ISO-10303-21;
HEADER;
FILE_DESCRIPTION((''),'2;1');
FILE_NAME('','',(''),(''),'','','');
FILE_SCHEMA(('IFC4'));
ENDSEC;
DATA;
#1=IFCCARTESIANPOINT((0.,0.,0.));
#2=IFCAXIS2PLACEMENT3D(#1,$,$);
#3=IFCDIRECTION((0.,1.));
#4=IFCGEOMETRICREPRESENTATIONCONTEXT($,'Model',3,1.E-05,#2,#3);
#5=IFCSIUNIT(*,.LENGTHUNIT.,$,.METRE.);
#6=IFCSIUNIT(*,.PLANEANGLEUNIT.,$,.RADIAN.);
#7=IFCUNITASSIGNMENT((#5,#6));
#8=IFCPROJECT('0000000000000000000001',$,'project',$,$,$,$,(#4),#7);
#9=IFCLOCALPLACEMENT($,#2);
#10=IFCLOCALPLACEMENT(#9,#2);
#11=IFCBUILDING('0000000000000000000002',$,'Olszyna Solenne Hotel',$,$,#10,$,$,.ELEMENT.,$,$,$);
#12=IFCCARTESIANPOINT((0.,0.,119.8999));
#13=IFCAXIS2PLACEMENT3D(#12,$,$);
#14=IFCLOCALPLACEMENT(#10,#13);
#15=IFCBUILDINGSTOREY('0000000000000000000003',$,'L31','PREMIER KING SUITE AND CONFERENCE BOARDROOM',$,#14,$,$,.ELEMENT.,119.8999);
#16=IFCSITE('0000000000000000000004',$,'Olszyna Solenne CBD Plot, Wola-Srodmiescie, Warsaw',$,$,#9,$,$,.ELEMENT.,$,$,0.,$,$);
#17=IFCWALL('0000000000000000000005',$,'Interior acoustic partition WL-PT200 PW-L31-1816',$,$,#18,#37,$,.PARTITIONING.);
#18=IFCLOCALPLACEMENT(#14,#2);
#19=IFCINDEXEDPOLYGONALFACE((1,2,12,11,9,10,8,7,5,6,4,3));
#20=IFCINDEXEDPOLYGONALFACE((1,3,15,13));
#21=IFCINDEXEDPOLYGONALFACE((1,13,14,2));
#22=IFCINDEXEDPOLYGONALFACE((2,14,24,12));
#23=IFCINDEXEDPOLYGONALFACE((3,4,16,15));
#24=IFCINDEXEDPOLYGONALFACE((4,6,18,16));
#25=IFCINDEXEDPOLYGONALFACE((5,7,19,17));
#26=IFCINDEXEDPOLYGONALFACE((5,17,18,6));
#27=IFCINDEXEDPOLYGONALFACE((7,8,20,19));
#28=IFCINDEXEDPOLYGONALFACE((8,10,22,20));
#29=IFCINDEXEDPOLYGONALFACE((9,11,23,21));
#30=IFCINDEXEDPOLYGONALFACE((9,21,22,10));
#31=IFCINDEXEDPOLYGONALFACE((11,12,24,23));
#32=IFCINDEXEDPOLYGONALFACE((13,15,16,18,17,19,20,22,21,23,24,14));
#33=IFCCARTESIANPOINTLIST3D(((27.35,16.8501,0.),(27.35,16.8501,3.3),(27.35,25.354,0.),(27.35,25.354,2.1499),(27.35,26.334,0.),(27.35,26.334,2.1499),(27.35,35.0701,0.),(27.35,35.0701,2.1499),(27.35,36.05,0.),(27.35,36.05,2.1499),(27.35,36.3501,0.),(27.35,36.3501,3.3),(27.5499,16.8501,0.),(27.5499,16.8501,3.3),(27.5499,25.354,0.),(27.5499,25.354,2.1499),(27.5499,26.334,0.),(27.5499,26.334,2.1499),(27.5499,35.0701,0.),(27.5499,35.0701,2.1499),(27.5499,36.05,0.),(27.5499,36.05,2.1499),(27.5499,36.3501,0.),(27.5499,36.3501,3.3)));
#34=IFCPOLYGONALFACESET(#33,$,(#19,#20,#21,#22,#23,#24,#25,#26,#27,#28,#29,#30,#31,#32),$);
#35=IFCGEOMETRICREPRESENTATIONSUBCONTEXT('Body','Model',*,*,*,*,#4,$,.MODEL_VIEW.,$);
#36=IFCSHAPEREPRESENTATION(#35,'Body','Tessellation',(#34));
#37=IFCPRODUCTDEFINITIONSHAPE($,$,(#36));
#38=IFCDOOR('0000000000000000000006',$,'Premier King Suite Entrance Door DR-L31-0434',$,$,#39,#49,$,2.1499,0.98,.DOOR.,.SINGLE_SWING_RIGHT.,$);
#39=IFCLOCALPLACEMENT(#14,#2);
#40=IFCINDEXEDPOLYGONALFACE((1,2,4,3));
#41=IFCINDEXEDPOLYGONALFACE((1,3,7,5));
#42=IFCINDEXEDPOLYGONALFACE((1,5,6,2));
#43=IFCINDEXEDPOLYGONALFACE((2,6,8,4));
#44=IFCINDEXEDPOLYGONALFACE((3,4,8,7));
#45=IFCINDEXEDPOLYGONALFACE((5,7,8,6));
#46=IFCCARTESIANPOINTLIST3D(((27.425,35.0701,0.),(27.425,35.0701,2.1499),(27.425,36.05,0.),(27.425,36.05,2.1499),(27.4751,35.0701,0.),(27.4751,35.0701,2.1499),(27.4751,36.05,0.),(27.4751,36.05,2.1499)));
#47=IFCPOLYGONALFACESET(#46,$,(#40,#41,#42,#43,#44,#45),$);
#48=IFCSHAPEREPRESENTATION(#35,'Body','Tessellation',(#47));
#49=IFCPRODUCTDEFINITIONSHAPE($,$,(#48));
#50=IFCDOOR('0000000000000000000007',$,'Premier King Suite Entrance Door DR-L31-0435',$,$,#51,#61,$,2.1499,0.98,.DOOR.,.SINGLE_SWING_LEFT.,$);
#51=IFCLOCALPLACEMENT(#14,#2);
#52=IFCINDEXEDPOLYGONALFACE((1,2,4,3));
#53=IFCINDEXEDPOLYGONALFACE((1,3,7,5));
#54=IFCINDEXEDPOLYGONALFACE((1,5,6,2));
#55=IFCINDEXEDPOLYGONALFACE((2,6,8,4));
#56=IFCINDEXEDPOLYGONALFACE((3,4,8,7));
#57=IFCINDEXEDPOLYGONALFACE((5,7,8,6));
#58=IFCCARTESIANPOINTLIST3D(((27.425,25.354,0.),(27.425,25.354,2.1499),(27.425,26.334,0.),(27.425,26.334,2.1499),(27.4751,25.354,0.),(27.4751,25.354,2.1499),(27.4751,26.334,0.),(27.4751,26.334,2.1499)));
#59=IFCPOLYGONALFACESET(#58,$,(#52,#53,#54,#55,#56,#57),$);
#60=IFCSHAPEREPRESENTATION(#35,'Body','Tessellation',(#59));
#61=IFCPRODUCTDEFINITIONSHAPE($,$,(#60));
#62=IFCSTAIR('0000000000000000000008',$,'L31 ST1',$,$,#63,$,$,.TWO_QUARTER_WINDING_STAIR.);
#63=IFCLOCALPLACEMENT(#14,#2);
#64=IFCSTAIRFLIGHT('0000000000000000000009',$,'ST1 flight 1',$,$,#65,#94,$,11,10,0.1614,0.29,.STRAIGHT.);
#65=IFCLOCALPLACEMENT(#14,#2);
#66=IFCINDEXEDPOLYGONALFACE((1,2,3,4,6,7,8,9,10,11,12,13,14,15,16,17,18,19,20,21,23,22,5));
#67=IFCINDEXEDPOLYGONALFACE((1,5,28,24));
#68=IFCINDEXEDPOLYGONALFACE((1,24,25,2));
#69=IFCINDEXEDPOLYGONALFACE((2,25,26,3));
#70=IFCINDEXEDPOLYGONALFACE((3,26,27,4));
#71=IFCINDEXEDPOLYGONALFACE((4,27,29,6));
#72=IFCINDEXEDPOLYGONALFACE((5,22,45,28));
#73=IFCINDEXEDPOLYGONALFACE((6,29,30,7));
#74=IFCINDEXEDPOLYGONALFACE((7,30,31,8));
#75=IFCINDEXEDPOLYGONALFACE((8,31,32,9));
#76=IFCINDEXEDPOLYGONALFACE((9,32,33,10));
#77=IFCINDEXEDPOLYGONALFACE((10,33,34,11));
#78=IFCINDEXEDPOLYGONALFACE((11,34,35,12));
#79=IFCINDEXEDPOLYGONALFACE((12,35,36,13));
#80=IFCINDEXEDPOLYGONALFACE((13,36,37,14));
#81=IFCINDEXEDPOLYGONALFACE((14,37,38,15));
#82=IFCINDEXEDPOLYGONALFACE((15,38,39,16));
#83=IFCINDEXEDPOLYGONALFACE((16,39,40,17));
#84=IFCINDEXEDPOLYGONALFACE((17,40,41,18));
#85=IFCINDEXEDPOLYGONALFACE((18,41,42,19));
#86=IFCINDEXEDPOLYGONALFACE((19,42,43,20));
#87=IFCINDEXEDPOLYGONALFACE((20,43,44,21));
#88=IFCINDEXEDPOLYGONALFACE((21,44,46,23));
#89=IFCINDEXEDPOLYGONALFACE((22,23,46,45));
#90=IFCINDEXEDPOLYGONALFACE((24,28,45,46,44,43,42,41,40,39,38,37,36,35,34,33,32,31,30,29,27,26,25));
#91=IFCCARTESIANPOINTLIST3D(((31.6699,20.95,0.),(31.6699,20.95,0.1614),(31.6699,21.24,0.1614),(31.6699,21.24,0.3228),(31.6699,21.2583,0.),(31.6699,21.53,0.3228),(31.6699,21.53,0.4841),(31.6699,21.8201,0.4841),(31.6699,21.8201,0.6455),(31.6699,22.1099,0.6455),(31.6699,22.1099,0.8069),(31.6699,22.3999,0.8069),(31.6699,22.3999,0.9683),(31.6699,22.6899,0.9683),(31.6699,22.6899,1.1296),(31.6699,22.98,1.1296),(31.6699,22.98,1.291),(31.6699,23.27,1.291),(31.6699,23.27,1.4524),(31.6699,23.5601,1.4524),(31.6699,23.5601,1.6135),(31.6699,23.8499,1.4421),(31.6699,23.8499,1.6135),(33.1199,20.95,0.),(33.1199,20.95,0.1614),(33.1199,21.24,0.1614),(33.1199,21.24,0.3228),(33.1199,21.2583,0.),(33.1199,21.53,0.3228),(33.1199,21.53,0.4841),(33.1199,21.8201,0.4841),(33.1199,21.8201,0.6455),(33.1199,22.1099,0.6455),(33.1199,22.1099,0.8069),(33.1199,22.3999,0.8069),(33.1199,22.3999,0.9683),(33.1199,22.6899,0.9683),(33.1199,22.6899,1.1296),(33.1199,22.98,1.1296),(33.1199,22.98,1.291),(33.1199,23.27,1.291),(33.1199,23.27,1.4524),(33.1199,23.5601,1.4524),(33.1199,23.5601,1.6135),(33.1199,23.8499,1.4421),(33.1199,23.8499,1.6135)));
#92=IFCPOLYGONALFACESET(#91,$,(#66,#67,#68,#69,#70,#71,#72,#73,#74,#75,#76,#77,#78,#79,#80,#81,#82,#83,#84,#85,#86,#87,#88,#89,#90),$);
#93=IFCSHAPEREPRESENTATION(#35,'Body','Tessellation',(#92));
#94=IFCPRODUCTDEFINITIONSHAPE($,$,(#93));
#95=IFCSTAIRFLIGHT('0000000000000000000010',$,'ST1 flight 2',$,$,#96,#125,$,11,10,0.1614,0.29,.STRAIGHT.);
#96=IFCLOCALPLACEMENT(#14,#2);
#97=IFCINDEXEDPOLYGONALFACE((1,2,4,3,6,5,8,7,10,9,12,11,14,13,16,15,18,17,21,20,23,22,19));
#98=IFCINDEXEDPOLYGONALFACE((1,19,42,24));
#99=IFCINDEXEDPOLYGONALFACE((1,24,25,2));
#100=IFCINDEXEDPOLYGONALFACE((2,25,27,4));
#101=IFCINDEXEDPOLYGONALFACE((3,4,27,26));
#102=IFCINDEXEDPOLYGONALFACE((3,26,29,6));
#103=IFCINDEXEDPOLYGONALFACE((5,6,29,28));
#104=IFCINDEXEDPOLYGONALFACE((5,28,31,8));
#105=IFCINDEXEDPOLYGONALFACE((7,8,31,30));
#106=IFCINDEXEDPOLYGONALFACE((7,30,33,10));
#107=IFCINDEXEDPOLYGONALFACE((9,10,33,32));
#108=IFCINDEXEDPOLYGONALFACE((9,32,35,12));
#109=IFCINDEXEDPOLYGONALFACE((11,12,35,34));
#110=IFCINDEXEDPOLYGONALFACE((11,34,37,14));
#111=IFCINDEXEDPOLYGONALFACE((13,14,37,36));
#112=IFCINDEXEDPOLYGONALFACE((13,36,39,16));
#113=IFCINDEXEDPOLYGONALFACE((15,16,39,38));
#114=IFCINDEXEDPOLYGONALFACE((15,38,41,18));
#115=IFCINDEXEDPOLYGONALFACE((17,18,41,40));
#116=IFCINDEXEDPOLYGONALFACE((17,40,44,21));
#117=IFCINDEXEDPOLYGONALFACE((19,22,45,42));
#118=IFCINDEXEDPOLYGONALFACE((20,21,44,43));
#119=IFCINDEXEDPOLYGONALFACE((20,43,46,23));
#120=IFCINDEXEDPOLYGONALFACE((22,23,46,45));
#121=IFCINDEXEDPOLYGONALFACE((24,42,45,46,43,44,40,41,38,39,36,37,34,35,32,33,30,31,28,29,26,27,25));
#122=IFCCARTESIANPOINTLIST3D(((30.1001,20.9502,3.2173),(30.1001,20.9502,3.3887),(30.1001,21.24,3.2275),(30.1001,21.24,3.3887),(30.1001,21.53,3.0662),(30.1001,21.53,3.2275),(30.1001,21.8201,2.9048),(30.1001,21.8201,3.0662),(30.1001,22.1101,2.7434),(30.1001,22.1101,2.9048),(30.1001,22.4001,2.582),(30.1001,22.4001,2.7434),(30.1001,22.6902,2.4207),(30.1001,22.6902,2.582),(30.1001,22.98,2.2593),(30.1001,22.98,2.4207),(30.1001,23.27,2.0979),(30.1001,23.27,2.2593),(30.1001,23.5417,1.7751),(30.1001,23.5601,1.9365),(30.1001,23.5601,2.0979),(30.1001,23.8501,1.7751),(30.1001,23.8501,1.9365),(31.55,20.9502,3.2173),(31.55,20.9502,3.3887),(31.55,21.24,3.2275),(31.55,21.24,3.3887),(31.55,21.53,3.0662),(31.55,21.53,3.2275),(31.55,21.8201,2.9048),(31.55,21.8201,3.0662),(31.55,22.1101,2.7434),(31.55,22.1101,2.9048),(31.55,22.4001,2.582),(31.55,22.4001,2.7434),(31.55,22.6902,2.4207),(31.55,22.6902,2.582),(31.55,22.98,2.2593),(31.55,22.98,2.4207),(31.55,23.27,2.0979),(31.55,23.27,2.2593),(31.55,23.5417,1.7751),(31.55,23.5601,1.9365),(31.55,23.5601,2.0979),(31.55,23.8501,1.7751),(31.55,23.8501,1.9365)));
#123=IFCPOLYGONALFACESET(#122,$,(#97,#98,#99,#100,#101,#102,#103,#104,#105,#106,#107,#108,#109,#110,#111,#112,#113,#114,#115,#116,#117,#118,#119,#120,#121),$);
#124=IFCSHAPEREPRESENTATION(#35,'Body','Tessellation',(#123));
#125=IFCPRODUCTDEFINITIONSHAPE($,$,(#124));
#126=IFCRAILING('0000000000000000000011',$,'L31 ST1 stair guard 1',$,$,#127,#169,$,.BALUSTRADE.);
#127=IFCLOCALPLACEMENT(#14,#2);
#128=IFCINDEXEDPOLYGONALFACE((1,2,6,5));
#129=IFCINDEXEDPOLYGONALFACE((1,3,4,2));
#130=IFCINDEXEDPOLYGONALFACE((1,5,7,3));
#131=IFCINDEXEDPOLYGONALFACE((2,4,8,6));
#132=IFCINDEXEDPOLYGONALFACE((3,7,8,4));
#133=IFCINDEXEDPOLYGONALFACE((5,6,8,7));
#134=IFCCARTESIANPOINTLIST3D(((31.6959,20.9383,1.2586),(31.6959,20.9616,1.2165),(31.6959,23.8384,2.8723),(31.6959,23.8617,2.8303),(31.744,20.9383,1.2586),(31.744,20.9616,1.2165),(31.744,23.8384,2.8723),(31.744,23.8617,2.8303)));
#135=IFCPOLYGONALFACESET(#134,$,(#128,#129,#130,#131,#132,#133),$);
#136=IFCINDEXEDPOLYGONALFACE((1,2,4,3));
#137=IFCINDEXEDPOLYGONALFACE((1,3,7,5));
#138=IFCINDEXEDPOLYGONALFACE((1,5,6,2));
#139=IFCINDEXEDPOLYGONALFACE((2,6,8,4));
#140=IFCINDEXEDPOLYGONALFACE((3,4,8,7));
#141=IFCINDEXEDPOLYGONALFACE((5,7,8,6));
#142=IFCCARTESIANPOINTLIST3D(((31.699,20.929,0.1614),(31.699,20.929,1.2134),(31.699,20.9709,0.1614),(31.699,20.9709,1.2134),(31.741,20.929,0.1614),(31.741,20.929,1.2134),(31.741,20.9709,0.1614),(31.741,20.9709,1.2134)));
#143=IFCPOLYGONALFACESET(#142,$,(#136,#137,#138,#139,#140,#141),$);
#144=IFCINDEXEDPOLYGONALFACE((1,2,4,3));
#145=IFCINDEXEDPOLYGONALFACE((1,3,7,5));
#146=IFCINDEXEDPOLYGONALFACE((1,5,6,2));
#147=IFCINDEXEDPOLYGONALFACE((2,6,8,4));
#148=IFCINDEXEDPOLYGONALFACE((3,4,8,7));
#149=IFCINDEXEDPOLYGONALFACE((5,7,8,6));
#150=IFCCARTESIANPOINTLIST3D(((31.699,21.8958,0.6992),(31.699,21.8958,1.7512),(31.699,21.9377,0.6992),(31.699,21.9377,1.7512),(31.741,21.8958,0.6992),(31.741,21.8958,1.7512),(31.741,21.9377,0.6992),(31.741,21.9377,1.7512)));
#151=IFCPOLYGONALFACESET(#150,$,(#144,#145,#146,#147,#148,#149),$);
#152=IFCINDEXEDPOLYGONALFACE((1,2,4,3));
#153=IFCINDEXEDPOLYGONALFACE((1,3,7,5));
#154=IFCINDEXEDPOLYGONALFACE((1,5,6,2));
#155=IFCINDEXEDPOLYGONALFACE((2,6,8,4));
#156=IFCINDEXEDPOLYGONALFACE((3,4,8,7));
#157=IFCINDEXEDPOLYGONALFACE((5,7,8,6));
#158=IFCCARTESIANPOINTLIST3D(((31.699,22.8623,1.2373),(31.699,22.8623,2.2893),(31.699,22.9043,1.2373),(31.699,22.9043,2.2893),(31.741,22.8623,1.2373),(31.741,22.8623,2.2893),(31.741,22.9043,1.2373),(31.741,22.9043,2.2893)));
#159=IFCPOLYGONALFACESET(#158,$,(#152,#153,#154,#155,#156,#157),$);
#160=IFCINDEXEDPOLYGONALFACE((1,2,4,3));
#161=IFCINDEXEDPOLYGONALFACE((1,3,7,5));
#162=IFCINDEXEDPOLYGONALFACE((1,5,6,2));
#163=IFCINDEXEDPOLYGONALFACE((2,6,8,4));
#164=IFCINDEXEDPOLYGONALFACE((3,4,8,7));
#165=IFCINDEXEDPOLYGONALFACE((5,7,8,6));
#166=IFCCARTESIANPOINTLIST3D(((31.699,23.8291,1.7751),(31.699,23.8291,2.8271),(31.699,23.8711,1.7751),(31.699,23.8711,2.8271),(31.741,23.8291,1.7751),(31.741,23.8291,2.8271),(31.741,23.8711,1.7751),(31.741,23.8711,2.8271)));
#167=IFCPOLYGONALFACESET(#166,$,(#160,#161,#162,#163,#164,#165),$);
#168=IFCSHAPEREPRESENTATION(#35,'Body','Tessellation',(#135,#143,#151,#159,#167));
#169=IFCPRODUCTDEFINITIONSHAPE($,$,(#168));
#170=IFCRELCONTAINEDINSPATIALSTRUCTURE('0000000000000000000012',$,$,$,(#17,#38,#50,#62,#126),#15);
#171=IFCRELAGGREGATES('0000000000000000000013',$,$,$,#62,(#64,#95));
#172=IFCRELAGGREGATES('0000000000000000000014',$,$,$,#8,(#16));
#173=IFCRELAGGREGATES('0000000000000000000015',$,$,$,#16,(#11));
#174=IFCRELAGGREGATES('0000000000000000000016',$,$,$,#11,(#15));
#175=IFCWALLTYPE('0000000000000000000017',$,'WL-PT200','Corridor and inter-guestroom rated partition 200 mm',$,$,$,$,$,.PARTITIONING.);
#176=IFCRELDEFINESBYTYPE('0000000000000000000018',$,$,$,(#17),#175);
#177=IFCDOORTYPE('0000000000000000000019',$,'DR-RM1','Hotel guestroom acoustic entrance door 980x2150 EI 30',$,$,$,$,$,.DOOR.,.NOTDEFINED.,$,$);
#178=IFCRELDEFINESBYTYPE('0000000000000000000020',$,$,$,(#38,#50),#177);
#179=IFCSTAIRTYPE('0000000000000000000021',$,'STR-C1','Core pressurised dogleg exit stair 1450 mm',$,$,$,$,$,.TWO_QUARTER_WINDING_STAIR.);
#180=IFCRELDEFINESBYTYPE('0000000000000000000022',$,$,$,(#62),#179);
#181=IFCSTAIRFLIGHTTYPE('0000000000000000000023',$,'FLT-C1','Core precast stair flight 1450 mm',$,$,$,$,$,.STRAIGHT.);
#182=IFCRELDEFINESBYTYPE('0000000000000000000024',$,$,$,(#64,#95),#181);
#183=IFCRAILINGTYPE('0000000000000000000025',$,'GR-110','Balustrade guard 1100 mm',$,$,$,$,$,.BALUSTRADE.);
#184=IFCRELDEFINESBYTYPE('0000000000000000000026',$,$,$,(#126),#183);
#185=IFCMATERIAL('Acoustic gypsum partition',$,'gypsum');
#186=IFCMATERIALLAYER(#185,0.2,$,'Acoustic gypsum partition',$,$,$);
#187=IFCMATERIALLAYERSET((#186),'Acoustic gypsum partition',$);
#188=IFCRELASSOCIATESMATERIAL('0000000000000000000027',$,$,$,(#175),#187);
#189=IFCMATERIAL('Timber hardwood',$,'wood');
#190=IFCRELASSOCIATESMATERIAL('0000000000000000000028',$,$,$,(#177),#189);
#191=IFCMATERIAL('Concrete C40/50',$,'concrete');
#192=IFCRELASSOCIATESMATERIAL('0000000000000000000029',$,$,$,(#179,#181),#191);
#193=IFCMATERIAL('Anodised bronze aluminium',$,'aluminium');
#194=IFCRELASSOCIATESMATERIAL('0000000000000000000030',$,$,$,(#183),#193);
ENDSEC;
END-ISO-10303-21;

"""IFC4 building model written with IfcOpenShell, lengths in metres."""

from ifc_helpers import new_model, si_unit, direction, frame, frame_2d, origin, origin_2d, place, context, subcontext, project, spatial, polyline, rectangle, outline, extrude, source, transform, mapped, material, layer, layer_set, type_object, type_shapes, element, fill, aggregate, save


model = new_model("IFC4")

# Units and contexts
model_context = context("Model", 3, precision=1e-05, world=origin(), true_north=direction((0.0, 1.0)))
body_context = subcontext(model_context, "Body", "Model", "MODEL_VIEW")
ifc_project = project(units=[si_unit("LENGTHUNIT", "METRE"), si_unit("PLANEANGLEUNIT", "RADIAN")], contexts=[model_context])

# Site, building, storey
site_placement = place(None, origin())
site = spatial("IfcSite", under=ifc_project, at=site_placement, Name="Olszyna Solenne CBD Plot, Wola-Srodmiescie, Warsaw", CompositionType="ELEMENT", RefElevation=0.0)
building_placement = place(site_placement, origin())
building = spatial("IfcBuilding", under=site, at=building_placement, Name="Olszyna Solenne Hotel", CompositionType="ELEMENT")
storey_placement = place(building_placement, frame((0.0, 0.0, 119.8999)))
storey = spatial("IfcBuildingStorey", under=building, at=storey_placement, Name="L31", Description="PREMIER KING SUITE AND CONFERENCE BOARDROOM", CompositionType="ELEMENT", Elevation=119.8999)

# Shared definitions
ifc_material_1 = material(Name="Anodised bronze aluminium", Category="aluminium")

# Shared definitions
ifc_material_2 = material(Name="Timber hardwood", Category="wood")

# Shared definitions
ifc_material_3 = material(Name="Acoustic gypsum partition", Category="gypsum")
ifc_layer_1 = layer(ifc_material_3, 0.2, Name="Acoustic gypsum partition")
ifc_layer_set_1 = layer_set([ifc_layer_1], Name="Acoustic gypsum partition")
wall_type_1 = type_object("IfcWallType", Name="WL-PT200", Description="Corridor and inter-guestroom rated partition 200 mm", PredefinedType="PARTITIONING", material=ifc_layer_set_1)

# Wall, openings, doors
door_type_1 = type_object("IfcDoorType", Name="DR-RM1", Description="Hotel guestroom acoustic entrance door 980x2150 EI 30", OperationType="NOTDEFINED", PredefinedType="DOOR", material=ifc_material_2)
shared_shape_1 = source(origin(), body_context, "Body", "SweptSolid", [
    extrude(rectangle(XDim=0.98, YDim=2.1499, at=frame_2d((0.49, 1.075))), frame((0.0, 0.0249, 0.0), z_axis=(0.0, -1.0, 0.0), x_axis=(1.0, 0.0, 0.0)), (0.0, 0.0, 1.0), 0.05),
])
type_shapes(door_type_1, [shared_shape_1])
wall_1_placement = place(storey_placement, frame((27.45, 16.8501, 0.0), z_axis=(0.0, 0.0, 1.0), x_axis=(0.0, 1.0, 0.0)))
wall_1 = element("IfcWall", 1, at=wall_1_placement, inside=storey, type_object=wall_type_1, Name="Interior acoustic partition WL-PT200 PW-L31-1816", PredefinedType="PARTITIONING", context=body_context, shape_type="SweptSolid", body=[
    extrude(rectangle(XDim=19.5, YDim=0.2, at=frame_2d((9.75, 0.0))), origin(), (0.0, 0.0, 1.0), 3.3),
])
opening_1_placement = place(wall_1_placement, frame((18.22, 0.0, 0.0)))
opening_1 = element("IfcOpeningElement", 2, at=opening_1_placement, cuts=wall_1, PredefinedType="OPENING", context=body_context, shape_type="SweptSolid", body=[
    extrude(rectangle(XDim=0.98, YDim=2.1499, at=frame_2d((0.49, 1.075))), frame((0.0, 0.1099, 0.0), z_axis=(0.0, -1.0, 0.0), x_axis=(1.0, 0.0, 0.0)), (0.0, 0.0, 1.0), 0.22),
])
opening_2_placement = place(wall_1_placement, frame((8.5039, 0.0, 0.0)))
opening_2 = element("IfcOpeningElement", 3, at=opening_2_placement, cuts=wall_1, PredefinedType="OPENING", context=body_context, shape_type="SweptSolid", body=[
    extrude(rectangle(XDim=0.98, YDim=2.1499, at=frame_2d((0.49, 1.075))), frame((0.0, 0.1099, 0.0), z_axis=(0.0, -1.0, 0.0), x_axis=(1.0, 0.0, 0.0)), (0.0, 0.0, 1.0), 0.22),
])
door_1_placement = place(opening_1_placement, origin())
door_1 = element("IfcDoor", 4, at=door_1_placement, inside=storey, type_object=door_type_1, Name="Premier King Suite Entrance Door DR-L31-0434", OperationType="SINGLE_SWING_RIGHT", OverallHeight=2.1499, OverallWidth=0.98, PredefinedType="DOOR", context=body_context, shape_type="MappedRepresentation", body=[
    mapped(shared_shape_1, transform((0.0, 0.0, 0.0), x_axis=(1.0, 0.0, 0.0), y_axis=(0.0, 1.0, 0.0), z_axis=(0.0, 0.0, 1.0), scale=1.0)),
])
fill(opening_1, door_1)
door_2_placement = place(opening_2_placement, origin())
door_2 = element("IfcDoor", 5, at=door_2_placement, inside=storey, type_object=door_type_1, Name="Premier King Suite Entrance Door DR-L31-0435", OperationType="SINGLE_SWING_LEFT", OverallHeight=2.1499, OverallWidth=0.98, PredefinedType="DOOR", context=body_context, shape_type="MappedRepresentation", body=[
    mapped(shared_shape_1, transform((0.0, 0.0, 0.0), x_axis=(1.0, 0.0, 0.0), y_axis=(0.0, 1.0, 0.0), z_axis=(0.0, 0.0, 1.0), scale=1.0)),
])
fill(opening_2, door_2)

# Stair, stair flights
ifc_material_4 = material(Name="Concrete C40/50", Category="concrete")
stair_type = type_object("IfcStairType", Name="STR-C1", Description="Core pressurised dogleg exit stair 1450 mm", PredefinedType="TWO_QUARTER_WINDING_STAIR", material=ifc_material_4)
stair_placement = place(storey_placement, origin())
stair = element("IfcStair", 6, at=stair_placement, inside=storey, type_object=stair_type, Name="L31 ST1", PredefinedType="TWO_QUARTER_WINDING_STAIR")
stair_flight_type = type_object("IfcStairFlightType", Name="FLT-C1", Description="Core precast stair flight 1450 mm", PredefinedType="STRAIGHT", material=ifc_material_4)
stair_flight_1_placement = place(storey_placement, frame((32.395, 20.95, 0.0), z_axis=(0.0, 0.0, 1.0), x_axis=(0.0, 1.0, 0.0)))
stair_flight_1 = element("IfcStairFlight", 7, at=stair_flight_1_placement, type_object=stair_flight_type, Name="ST1 flight 1", NumberOfRisers=11, NumberOfTreads=10, PredefinedType="STRAIGHT", RiserHeight=0.1614, TreadLength=0.29, context=body_context, shape_type="SweptSolid", body=[
    extrude(outline(polyline([(0.0, 0.0), (0.0, 0.1614), (0.29, 0.1614), (0.29, 0.3228), (0.5801, 0.3228), (0.5801, 0.4841), (0.8701, 0.4841), (0.8701, 0.6455), (1.1599, 0.6455), (1.1599, 0.8069), (1.45, 0.8069), (1.45, 0.9683), (1.74, 0.9683), (1.74, 1.1296), (2.03, 1.1296), (2.03, 1.291), (2.3201, 1.291), (2.3201, 1.4524), (2.6101, 1.4524), (2.6101, 1.6135), (2.8999, 1.6135), (2.8999, 1.7749), (2.8999, 1.4421), (0.3083, 0.0), (0.0, 0.0)])), frame((0.0, 0.7251, 0.0), z_axis=(0.0, -1.0, 0.0), x_axis=(1.0, 0.0, 0.0)), (0.0, 0.0, 1.0), 1.45),
])
stair_flight_2_placement = place(storey_placement, frame((30.825, 23.8501, 1.7751), z_axis=(0.0, 0.0, 1.0), x_axis=(0.0, -1.0, 0.0)))
stair_flight_2 = element("IfcStairFlight", 8, at=stair_flight_2_placement, type_object=stair_flight_type, Name="ST1 flight 2", NumberOfRisers=11, NumberOfTreads=10, PredefinedType="STRAIGHT", RiserHeight=0.1614, TreadLength=0.29, context=body_context, shape_type="SweptSolid", body=[
    extrude(outline(polyline([(0.0, 0.0), (0.0, 0.1614), (0.29, 0.1614), (0.29, 0.3228), (0.5801, 0.3228), (0.5801, 0.4841), (0.8701, 0.4841), (0.8701, 0.6455), (1.1599, 0.6455), (1.1599, 0.8069), (1.45, 0.8069), (1.45, 0.9683), (1.74, 0.9683), (1.74, 1.1296), (2.03, 1.1296), (2.03, 1.291), (2.3201, 1.291), (2.3201, 1.4524), (2.6101, 1.4524), (2.6101, 1.6135), (2.8999, 1.6135), (2.8999, 1.7749), (2.8999, 1.4421), (0.3083, 0.0), (0.0, 0.0)])), frame((0.0, 0.7251, 0.0), z_axis=(0.0, -1.0, 0.0), x_axis=(1.0, 0.0, 0.0)), (0.0, 0.0, 1.0), 1.45),
])
aggregate(stair, [stair_flight_1, stair_flight_2])

# Railing
railing_type_1 = type_object("IfcRailingType", Name="GR-110", Description="Balustrade guard 1100 mm", PredefinedType="BALUSTRADE", material=ifc_material_1)
railing_1_placement = place(storey_placement, frame((31.72, 20.95, 0.1614)))
element("IfcRailing", 9, at=railing_1_placement, inside=storey, type_object=railing_type_1, Name="L31 ST1 stair guard 1", PredefinedType="BALUSTRADE", context=body_context, shape_type="SweptSolid", body=[
    extrude(rectangle(XDim=0.0481, YDim=0.0481, at=origin_2d()), frame((0.0, 0.0, 1.0762), z_axis=(0.0, 0.873827, 0.486236), x_axis=(-1.0, 0.0, 0.0)), (0.0, 0.0, 1.0), 3.3188),
    extrude(rectangle(XDim=0.042, YDim=0.042, at=origin_2d()), origin(), (0.0, 0.0, 1.0), 1.052),
    extrude(rectangle(XDim=0.042, YDim=0.042, at=origin_2d()), frame((0.0, 0.9668, 0.5378)), (0.0, 0.0, 1.0), 1.052),
    extrude(rectangle(XDim=0.042, YDim=0.042, at=origin_2d()), frame((0.0, 1.9333, 1.0759)), (0.0, 0.0, 1.0), 1.052),
    extrude(rectangle(XDim=0.042, YDim=0.042, at=origin_2d()), frame((0.0, 2.9001, 1.6138)), (0.0, 0.0, 1.0), 1.052),
])

save(model, "model.ifc")
